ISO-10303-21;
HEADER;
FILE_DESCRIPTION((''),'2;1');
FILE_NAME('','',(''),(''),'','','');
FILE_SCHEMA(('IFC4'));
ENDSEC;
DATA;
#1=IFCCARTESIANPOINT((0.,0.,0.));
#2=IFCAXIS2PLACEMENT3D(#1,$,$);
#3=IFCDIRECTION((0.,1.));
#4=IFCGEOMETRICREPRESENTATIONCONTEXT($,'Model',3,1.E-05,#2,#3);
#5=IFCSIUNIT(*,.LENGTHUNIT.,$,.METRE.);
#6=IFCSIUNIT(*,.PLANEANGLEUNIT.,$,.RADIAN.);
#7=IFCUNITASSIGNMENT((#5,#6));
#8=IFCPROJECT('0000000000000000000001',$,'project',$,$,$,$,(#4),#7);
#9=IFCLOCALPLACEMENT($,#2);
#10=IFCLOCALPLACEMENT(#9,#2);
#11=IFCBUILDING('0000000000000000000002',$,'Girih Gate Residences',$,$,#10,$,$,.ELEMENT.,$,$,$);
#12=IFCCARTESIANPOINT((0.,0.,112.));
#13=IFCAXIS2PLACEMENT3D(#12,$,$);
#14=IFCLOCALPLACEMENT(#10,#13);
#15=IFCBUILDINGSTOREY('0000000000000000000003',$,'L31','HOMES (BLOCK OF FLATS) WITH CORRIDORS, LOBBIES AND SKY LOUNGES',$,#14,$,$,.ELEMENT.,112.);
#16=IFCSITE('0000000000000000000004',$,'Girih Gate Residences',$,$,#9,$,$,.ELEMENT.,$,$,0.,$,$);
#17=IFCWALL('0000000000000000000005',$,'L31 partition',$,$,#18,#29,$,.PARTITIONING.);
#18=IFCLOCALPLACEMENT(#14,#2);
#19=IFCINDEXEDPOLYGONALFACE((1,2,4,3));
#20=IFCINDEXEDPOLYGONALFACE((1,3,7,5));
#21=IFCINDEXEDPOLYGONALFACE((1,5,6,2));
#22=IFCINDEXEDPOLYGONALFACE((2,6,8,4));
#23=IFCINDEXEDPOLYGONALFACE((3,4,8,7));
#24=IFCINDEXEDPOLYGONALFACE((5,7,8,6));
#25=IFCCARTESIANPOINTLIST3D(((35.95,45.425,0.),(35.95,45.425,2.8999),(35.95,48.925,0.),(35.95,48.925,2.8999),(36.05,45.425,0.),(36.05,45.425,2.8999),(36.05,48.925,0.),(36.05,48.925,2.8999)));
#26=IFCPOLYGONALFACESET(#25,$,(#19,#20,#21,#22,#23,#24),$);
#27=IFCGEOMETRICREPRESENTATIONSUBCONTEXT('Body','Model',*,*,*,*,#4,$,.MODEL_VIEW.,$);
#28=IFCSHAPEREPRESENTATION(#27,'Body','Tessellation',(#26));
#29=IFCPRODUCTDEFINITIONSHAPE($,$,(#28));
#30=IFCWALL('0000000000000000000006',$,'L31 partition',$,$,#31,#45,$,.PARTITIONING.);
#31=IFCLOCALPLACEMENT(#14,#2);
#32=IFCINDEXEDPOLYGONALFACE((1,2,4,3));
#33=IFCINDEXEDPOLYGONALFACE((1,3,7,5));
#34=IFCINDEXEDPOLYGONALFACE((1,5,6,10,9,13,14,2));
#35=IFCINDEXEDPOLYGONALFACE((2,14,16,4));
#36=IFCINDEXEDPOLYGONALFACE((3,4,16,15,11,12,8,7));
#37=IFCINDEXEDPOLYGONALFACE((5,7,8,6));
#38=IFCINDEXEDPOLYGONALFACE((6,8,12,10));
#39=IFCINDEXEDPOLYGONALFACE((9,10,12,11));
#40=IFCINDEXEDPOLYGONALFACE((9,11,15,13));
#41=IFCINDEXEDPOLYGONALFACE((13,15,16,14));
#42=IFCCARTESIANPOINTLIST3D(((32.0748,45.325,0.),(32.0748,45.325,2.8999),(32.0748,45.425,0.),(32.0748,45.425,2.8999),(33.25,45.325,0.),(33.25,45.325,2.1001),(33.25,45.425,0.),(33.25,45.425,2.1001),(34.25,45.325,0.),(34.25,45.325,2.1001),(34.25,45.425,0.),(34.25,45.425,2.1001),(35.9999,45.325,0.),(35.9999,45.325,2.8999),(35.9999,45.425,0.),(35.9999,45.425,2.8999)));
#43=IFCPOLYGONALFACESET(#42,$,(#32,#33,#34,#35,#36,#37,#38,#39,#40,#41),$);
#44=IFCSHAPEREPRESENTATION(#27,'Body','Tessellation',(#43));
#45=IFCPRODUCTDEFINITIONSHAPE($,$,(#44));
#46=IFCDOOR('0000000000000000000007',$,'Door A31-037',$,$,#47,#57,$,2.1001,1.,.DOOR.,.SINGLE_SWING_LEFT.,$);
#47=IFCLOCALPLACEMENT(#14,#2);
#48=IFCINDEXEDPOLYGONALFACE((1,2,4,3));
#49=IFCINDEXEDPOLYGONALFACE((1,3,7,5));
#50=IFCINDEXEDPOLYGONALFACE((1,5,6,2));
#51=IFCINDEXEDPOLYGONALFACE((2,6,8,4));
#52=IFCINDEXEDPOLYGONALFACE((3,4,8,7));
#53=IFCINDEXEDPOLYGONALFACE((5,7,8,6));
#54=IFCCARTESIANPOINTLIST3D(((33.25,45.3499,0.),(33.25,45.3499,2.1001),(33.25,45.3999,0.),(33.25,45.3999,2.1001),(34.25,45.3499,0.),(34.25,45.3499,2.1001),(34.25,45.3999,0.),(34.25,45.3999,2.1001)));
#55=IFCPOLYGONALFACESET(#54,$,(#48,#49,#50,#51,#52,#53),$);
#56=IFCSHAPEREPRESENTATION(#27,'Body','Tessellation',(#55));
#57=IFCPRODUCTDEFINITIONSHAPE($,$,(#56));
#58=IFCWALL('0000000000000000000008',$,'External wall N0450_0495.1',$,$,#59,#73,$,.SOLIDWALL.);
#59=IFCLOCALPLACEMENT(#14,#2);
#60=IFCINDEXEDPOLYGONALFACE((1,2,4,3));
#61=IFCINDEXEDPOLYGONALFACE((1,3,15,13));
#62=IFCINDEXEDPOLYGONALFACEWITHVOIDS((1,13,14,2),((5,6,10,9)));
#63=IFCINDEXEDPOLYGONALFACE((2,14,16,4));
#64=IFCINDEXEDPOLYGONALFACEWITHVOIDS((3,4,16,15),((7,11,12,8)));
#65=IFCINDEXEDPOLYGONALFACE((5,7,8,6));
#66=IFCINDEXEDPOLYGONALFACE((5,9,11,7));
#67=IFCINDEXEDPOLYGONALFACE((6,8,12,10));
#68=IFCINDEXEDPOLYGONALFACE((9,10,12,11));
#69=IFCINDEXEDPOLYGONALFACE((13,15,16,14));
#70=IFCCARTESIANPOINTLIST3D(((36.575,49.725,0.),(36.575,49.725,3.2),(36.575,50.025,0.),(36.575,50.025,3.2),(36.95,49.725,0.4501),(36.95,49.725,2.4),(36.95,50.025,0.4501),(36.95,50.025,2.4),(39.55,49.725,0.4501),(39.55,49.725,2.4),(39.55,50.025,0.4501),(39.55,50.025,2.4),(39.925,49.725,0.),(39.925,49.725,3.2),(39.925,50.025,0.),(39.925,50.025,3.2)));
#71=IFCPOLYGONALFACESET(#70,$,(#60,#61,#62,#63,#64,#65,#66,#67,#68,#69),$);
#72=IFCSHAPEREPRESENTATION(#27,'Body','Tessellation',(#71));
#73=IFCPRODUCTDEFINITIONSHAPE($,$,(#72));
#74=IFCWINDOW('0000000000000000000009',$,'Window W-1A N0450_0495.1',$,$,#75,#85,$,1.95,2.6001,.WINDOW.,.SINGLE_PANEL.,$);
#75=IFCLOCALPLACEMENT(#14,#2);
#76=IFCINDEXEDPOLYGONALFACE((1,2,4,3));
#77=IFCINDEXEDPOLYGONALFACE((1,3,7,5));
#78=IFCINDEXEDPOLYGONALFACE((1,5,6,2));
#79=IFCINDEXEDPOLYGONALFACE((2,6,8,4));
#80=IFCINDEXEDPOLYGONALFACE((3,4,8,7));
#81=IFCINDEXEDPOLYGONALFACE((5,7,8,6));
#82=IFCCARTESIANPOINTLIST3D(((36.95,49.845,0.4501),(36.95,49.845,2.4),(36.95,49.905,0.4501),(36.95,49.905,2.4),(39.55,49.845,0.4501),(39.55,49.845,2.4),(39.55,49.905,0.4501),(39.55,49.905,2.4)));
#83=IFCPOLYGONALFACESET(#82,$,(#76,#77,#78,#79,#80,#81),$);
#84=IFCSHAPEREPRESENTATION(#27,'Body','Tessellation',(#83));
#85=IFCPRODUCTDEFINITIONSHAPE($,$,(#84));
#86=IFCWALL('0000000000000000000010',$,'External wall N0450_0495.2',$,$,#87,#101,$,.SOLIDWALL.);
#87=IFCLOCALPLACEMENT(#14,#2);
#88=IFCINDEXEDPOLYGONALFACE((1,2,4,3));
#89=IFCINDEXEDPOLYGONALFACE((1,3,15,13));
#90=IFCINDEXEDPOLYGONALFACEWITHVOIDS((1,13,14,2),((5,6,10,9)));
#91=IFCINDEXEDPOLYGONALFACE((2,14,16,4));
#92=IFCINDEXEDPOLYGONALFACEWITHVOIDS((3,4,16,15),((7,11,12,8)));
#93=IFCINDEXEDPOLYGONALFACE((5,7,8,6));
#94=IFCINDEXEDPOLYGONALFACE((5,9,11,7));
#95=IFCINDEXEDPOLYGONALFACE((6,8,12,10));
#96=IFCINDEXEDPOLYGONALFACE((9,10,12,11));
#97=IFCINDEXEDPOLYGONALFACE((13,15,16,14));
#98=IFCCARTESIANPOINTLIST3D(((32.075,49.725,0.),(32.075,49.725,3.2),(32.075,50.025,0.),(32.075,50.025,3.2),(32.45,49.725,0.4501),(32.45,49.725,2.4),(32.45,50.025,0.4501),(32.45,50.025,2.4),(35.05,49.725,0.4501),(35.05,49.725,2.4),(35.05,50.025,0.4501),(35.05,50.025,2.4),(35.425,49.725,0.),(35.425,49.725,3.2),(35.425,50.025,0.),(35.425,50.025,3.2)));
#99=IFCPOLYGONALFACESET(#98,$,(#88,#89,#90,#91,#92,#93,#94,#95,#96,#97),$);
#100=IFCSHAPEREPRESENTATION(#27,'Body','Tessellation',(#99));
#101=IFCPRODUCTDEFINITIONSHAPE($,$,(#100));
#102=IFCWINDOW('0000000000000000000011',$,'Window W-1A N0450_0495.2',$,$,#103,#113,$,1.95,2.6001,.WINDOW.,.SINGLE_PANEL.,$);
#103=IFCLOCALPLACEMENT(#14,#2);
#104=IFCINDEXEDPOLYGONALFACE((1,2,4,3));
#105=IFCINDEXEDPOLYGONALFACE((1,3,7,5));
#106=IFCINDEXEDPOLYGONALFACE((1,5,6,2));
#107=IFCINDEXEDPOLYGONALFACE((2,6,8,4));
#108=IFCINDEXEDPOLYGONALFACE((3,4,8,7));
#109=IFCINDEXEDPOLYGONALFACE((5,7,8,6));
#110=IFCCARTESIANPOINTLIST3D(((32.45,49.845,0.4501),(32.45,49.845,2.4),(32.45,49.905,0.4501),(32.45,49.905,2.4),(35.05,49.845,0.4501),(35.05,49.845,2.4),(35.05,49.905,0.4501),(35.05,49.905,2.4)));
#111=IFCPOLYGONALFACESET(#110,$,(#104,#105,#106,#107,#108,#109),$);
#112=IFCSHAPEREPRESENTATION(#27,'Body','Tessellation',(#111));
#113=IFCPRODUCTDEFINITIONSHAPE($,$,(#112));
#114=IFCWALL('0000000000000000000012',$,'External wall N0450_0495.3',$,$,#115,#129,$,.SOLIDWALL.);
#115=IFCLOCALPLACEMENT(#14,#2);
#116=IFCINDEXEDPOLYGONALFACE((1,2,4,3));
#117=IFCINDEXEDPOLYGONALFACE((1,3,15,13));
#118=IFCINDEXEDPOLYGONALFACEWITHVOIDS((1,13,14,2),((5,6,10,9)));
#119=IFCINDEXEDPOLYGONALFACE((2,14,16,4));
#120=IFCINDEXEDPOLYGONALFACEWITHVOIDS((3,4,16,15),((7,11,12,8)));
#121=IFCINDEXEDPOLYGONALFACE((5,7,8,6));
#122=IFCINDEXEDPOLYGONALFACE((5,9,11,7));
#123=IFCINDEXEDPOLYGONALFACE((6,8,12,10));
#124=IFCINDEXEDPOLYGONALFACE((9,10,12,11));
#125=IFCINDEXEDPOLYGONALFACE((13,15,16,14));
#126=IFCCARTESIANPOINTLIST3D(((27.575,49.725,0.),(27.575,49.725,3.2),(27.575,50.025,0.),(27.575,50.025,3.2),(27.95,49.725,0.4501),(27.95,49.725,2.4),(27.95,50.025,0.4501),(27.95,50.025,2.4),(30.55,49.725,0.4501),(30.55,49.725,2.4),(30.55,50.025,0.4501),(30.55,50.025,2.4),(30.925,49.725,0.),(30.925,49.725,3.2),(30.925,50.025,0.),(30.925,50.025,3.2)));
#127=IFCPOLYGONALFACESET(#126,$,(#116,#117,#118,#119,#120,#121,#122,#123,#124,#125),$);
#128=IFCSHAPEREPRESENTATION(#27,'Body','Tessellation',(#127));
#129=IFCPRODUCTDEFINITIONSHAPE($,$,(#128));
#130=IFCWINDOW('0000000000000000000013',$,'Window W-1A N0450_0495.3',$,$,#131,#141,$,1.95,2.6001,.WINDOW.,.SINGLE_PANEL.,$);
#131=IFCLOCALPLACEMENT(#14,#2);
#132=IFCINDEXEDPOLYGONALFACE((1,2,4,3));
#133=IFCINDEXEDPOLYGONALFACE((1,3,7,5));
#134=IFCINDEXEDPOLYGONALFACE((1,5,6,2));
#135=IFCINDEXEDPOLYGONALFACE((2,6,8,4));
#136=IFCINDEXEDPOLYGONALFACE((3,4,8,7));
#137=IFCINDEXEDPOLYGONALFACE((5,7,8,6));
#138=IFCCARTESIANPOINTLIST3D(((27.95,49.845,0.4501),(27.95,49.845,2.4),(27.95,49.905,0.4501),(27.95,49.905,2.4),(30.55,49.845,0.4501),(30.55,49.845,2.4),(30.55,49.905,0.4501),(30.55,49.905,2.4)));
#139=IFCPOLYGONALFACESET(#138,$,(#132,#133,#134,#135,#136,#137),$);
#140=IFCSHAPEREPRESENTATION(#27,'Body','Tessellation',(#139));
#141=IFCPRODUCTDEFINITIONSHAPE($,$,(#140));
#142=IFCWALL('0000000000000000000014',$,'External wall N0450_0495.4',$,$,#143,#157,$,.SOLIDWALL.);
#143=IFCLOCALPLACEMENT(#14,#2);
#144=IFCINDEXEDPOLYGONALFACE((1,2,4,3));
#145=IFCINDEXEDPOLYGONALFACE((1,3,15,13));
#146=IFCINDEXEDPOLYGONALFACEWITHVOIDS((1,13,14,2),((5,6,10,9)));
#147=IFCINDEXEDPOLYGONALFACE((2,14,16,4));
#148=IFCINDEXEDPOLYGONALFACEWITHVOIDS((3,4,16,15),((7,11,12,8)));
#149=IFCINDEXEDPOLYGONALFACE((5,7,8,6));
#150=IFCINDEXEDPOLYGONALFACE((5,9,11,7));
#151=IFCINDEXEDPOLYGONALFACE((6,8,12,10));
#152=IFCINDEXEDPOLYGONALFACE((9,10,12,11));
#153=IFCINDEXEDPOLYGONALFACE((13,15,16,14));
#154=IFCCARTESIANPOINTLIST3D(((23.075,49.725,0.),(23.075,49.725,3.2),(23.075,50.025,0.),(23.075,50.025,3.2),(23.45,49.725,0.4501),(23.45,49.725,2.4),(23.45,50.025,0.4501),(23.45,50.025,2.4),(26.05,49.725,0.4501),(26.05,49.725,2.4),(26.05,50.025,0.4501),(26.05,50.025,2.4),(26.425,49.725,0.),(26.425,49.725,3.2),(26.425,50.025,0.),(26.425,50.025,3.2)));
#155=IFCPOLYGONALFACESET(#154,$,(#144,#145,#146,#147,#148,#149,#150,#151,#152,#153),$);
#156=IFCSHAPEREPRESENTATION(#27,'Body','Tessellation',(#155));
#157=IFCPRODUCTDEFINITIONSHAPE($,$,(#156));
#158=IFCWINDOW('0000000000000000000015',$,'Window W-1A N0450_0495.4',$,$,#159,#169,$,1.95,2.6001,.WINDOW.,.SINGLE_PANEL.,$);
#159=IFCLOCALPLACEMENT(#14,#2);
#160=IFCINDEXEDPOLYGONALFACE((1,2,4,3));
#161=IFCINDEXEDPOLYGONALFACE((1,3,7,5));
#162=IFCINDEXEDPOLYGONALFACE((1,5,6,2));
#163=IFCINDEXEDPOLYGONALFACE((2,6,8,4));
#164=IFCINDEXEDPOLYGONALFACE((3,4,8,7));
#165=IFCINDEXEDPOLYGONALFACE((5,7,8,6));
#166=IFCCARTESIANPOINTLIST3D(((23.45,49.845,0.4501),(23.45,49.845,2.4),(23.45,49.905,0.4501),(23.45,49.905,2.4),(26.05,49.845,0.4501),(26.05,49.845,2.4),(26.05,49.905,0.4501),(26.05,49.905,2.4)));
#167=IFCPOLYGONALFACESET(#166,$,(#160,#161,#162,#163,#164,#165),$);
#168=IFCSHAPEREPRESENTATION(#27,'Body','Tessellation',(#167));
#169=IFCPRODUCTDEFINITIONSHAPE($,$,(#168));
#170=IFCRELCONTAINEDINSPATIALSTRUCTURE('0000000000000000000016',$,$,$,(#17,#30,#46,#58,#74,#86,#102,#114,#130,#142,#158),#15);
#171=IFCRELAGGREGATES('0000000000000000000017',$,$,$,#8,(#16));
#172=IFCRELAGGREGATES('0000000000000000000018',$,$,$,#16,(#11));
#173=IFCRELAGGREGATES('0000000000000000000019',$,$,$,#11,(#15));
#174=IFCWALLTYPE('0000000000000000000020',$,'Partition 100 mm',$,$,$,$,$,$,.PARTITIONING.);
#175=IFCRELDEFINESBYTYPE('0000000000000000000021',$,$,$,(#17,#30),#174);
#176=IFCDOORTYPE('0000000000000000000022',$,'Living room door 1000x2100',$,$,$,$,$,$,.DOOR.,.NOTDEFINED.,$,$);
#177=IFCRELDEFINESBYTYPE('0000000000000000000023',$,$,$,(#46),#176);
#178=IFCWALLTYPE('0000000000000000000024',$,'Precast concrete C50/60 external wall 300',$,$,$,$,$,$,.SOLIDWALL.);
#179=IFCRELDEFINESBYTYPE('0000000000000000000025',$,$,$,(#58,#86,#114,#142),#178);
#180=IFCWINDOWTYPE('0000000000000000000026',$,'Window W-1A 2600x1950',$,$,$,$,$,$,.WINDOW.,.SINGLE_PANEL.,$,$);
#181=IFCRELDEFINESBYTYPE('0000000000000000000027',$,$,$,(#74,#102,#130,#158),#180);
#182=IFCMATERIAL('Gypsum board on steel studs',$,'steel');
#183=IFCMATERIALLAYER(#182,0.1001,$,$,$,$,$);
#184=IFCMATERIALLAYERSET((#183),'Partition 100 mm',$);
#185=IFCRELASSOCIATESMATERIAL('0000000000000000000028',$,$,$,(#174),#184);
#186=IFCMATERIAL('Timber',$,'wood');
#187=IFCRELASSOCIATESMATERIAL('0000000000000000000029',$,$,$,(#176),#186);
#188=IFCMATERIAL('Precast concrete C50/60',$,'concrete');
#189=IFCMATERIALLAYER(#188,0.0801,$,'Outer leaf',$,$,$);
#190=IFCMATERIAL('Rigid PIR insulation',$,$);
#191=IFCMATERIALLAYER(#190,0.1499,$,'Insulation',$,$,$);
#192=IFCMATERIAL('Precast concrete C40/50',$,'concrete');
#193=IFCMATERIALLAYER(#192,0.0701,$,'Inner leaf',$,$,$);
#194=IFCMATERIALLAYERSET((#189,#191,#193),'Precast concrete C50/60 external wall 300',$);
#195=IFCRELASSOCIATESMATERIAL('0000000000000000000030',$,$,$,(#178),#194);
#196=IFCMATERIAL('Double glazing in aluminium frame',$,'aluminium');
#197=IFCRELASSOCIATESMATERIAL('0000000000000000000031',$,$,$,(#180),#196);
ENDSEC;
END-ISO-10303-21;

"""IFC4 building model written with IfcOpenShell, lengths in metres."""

from ifc_helpers import new_model, si_unit, direction, frame, frame_2d, origin, place, context, subcontext, project, spatial, rectangle, extrude, material, layer, layer_set, type_object, element, fill, save


model = new_model("IFC4")

# Units and contexts
model_context = context("Model", 3, precision=1e-05, world=origin(), true_north=direction((0.0, 1.0)))
body_context = subcontext(model_context, "Body", "Model", "MODEL_VIEW")
ifc_project = project(units=[si_unit("LENGTHUNIT", "METRE"), si_unit("PLANEANGLEUNIT", "RADIAN")], contexts=[model_context])

# Site, building, storey
site_placement = place(None, origin())
site = spatial("IfcSite", under=ifc_project, at=site_placement, Name="Girih Gate Residences", CompositionType="ELEMENT", RefElevation=0.0)
building_placement = place(site_placement, origin())
building = spatial("IfcBuilding", under=site, at=building_placement, Name="Girih Gate Residences", CompositionType="ELEMENT")
storey_placement = place(building_placement, frame((0.0, 0.0, 112.0)))
storey = spatial("IfcBuildingStorey", under=building, at=storey_placement, Name="L31", Description="HOMES (BLOCK OF FLATS) WITH CORRIDORS, LOBBIES AND SKY LOUNGES", CompositionType="ELEMENT", Elevation=112.0)

# Shared definitions
ifc_material_1 = material(Name="Gypsum board on steel studs", Category="steel")

# Shared definitions
ifc_layer_1 = layer(ifc_material_1, 0.1001)
ifc_layer_set_1 = layer_set([ifc_layer_1], Name="Partition 100 mm")
wall_type_1 = type_object("IfcWallType", Name="Partition 100 mm", PredefinedType="PARTITIONING", material=ifc_layer_set_1)
ifc_material_2 = material(Name="Timber", Category="wood")

# Wall
wall_1_placement = place(storey_placement, frame((36.0, 45.425, 0.0), z_axis=(0.0, 0.0, 1.0), x_axis=(0.0, 1.0, 0.0)))
element("IfcWall", 1, at=wall_1_placement, inside=storey, type_object=wall_type_1, Name="L31 partition", PredefinedType="PARTITIONING", context=body_context, shape_type="SweptSolid", body=[
    extrude(rectangle(XDim=3.5, YDim=0.1001, at=frame_2d((1.75, 0.0))), origin(), (0.0, 0.0, 1.0), 2.8999),
])

# Wall, opening, door
wall_2_placement = place(storey_placement, frame((32.075, 45.375, 0.0), z_axis=(0.0, 0.0, 1.0), x_axis=(1.0, 0.0, 0.0)))
wall_2 = element("IfcWall", 2, at=wall_2_placement, inside=storey, type_object=wall_type_1, Name="L31 partition", PredefinedType="PARTITIONING", context=body_context, shape_type="SweptSolid", body=[
    extrude(rectangle(XDim=3.925, YDim=0.1001, at=frame_2d((1.9624, 0.0))), origin(), (0.0, 0.0, 1.0), 2.8999),
])
opening_1_placement = place(wall_2_placement, frame((1.175, 0.0, 0.0)))
opening_1 = element("IfcOpeningElement", 3, at=opening_1_placement, cuts=wall_2, PredefinedType="OPENING", context=body_context, shape_type="SweptSolid", body=[
    extrude(rectangle(XDim=1.0, YDim=2.1001, at=frame_2d((0.5, 1.05))), frame((0.0, 0.0601, 0.0), z_axis=(0.0, -1.0, 0.0), x_axis=(1.0, 0.0, 0.0)), (0.0, 0.0, 1.0), 0.1201),
])
door_type_1 = type_object("IfcDoorType", Name="Living room door 1000x2100", OperationType="NOTDEFINED", PredefinedType="DOOR", material=ifc_material_2)
door_1_placement = place(opening_1_placement, origin())
door_1 = element("IfcDoor", 4, at=door_1_placement, inside=storey, type_object=door_type_1, Name="Door A31-037", OperationType="SINGLE_SWING_LEFT", OverallHeight=2.1001, OverallWidth=1.0, PredefinedType="DOOR", context=body_context, shape_type="SweptSolid", body=[
    extrude(rectangle(XDim=1.0, YDim=2.1001, at=frame_2d((0.5, 1.05))), frame((0.0, 0.0249, 0.0), z_axis=(0.0, -1.0, 0.0), x_axis=(1.0, 0.0, 0.0)), (0.0, 0.0, 1.0), 0.05),
])
fill(opening_1, door_1)

# Walls, openings, windows
ifc_material_3 = material(Name="Precast concrete C50/60", Category="concrete")
ifc_layer_2 = layer(ifc_material_3, 0.0801, Name="Outer leaf")
ifc_material_4 = material(Name="Rigid PIR insulation")
ifc_layer_3 = layer(ifc_material_4, 0.1499, Name="Insulation")
ifc_material_5 = material(Name="Precast concrete C40/50", Category="concrete")
ifc_layer_4 = layer(ifc_material_5, 0.0701, Name="Inner leaf")
ifc_layer_set_2 = layer_set([ifc_layer_2, ifc_layer_3, ifc_layer_4], Name="Precast concrete C50/60 external wall 300")
wall_type_2 = type_object("IfcWallType", Name="Precast concrete C50/60 external wall 300", PredefinedType="SOLIDWALL", material=ifc_layer_set_2)
wall_3_placement = place(storey_placement, frame((36.575, 49.875, 0.0), z_axis=(0.0, 0.0, 1.0), x_axis=(1.0, 0.0, 0.0)))
wall_3 = element("IfcWall", 5, at=wall_3_placement, inside=storey, type_object=wall_type_2, Name="External wall N0450_0495.1", PredefinedType="SOLIDWALL", context=body_context, shape_type="SweptSolid", body=[
    extrude(rectangle(XDim=3.3501, YDim=0.3, at=frame_2d((1.675, 0.0))), origin(), (0.0, 0.0, 1.0), 3.2),
])
opening_2_placement = place(wall_3_placement, frame((0.375, 0.0, 0.45)))
opening_2 = element("IfcOpeningElement", 6, at=opening_2_placement, cuts=wall_3, PredefinedType="OPENING", context=body_context, shape_type="SweptSolid", body=[
    extrude(rectangle(XDim=2.6001, YDim=1.95, at=frame_2d((1.3, 0.9751))), frame((0.0, 0.1599, 0.0), z_axis=(0.0, -1.0, 0.0), x_axis=(1.0, 0.0, 0.0)), (0.0, 0.0, 1.0), 0.3201),
])
ifc_material_6 = material(Name="Double glazing in aluminium frame", Category="aluminium")
window_type = type_object("IfcWindowType", Name="Window W-1A 2600x1950", PartitioningType="SINGLE_PANEL", PredefinedType="WINDOW", material=ifc_material_6)
window_1_placement = place(opening_2_placement, origin())
window_1 = element("IfcWindow", 7, at=window_1_placement, inside=storey, type_object=window_type, Name="Window W-1A N0450_0495.1", OverallHeight=1.95, OverallWidth=2.6001, PartitioningType="SINGLE_PANEL", PredefinedType="WINDOW", context=body_context, shape_type="SweptSolid", body=[
    extrude(rectangle(XDim=2.6001, YDim=1.95, at=frame_2d((1.3, 0.9751))), frame((0.0, 0.03, 0.0), z_axis=(0.0, -1.0, 0.0), x_axis=(1.0, 0.0, 0.0)), (0.0, 0.0, 1.0), 0.0601),
])
fill(opening_2, window_1)
wall_4_placement = place(storey_placement, frame((32.075, 49.875, 0.0), z_axis=(0.0, 0.0, 1.0), x_axis=(1.0, 0.0, 0.0)))
wall_4 = element("IfcWall", 8, at=wall_4_placement, inside=storey, type_object=wall_type_2, Name="External wall N0450_0495.2", PredefinedType="SOLIDWALL", context=body_context, shape_type="SweptSolid", body=[
    extrude(rectangle(XDim=3.3501, YDim=0.3, at=frame_2d((1.675, 0.0))), origin(), (0.0, 0.0, 1.0), 3.2),
])
opening_3_placement = place(wall_4_placement, frame((0.375, 0.0, 0.45)))
opening_3 = element("IfcOpeningElement", 9, at=opening_3_placement, cuts=wall_4, PredefinedType="OPENING", context=body_context, shape_type="SweptSolid", body=[
    extrude(rectangle(XDim=2.6001, YDim=1.95, at=frame_2d((1.3, 0.9751))), frame((0.0, 0.1599, 0.0), z_axis=(0.0, -1.0, 0.0), x_axis=(1.0, 0.0, 0.0)), (0.0, 0.0, 1.0), 0.3201),
])
window_2_placement = place(opening_3_placement, origin())
window_2 = element("IfcWindow", 10, at=window_2_placement, inside=storey, type_object=window_type, Name="Window W-1A N0450_0495.2", OverallHeight=1.95, OverallWidth=2.6001, PartitioningType="SINGLE_PANEL", PredefinedType="WINDOW", context=body_context, shape_type="SweptSolid", body=[
    extrude(rectangle(XDim=2.6001, YDim=1.95, at=frame_2d((1.3, 0.9751))), frame((0.0, 0.03, 0.0), z_axis=(0.0, -1.0, 0.0), x_axis=(1.0, 0.0, 0.0)), (0.0, 0.0, 1.0), 0.0601),
])
fill(opening_3, window_2)
wall_5_placement = place(storey_placement, frame((27.575, 49.875, 0.0), z_axis=(0.0, 0.0, 1.0), x_axis=(1.0, 0.0, 0.0)))
wall_5 = element("IfcWall", 11, at=wall_5_placement, inside=storey, type_object=wall_type_2, Name="External wall N0450_0495.3", PredefinedType="SOLIDWALL", context=body_context, shape_type="SweptSolid", body=[
    extrude(rectangle(XDim=3.3501, YDim=0.3, at=frame_2d((1.675, 0.0))), origin(), (0.0, 0.0, 1.0), 3.2),
])
opening_4_placement = place(wall_5_placement, frame((0.375, 0.0, 0.45)))
opening_4 = element("IfcOpeningElement", 12, at=opening_4_placement, cuts=wall_5, PredefinedType="OPENING", context=body_context, shape_type="SweptSolid", body=[
    extrude(rectangle(XDim=2.6001, YDim=1.95, at=frame_2d((1.3, 0.9751))), frame((0.0, 0.1599, 0.0), z_axis=(0.0, -1.0, 0.0), x_axis=(1.0, 0.0, 0.0)), (0.0, 0.0, 1.0), 0.3201),
])
window_3_placement = place(opening_4_placement, origin())
window_3 = element("IfcWindow", 13, at=window_3_placement, inside=storey, type_object=window_type, Name="Window W-1A N0450_0495.3", OverallHeight=1.95, OverallWidth=2.6001, PartitioningType="SINGLE_PANEL", PredefinedType="WINDOW", context=body_context, shape_type="SweptSolid", body=[
    extrude(rectangle(XDim=2.6001, YDim=1.95, at=frame_2d((1.3, 0.9751))), frame((0.0, 0.03, 0.0), z_axis=(0.0, -1.0, 0.0), x_axis=(1.0, 0.0, 0.0)), (0.0, 0.0, 1.0), 0.0601),
])
fill(opening_4, window_3)
wall_6_placement = place(storey_placement, frame((23.075, 49.875, 0.0), z_axis=(0.0, 0.0, 1.0), x_axis=(1.0, 0.0, 0.0)))
wall_6 = element("IfcWall", 14, at=wall_6_placement, inside=storey, type_object=wall_type_2, Name="External wall N0450_0495.4", PredefinedType="SOLIDWALL", context=body_context, shape_type="SweptSolid", body=[
    extrude(rectangle(XDim=3.3501, YDim=0.3, at=frame_2d((1.675, 0.0))), origin(), (0.0, 0.0, 1.0), 3.2),
])
opening_5_placement = place(wall_6_placement, frame((0.375, 0.0, 0.45)))
opening_5 = element("IfcOpeningElement", 15, at=opening_5_placement, cuts=wall_6, PredefinedType="OPENING", context=body_context, shape_type="SweptSolid", body=[
    extrude(rectangle(XDim=2.6001, YDim=1.95, at=frame_2d((1.3, 0.9751))), frame((0.0, 0.1599, 0.0), z_axis=(0.0, -1.0, 0.0), x_axis=(1.0, 0.0, 0.0)), (0.0, 0.0, 1.0), 0.3201),
])
window_4_placement = place(opening_5_placement, origin())
window_4 = element("IfcWindow", 16, at=window_4_placement, inside=storey, type_object=window_type, Name="Window W-1A N0450_0495.4", OverallHeight=1.95, OverallWidth=2.6001, PartitioningType="SINGLE_PANEL", PredefinedType="WINDOW", context=body_context, shape_type="SweptSolid", body=[
    extrude(rectangle(XDim=2.6001, YDim=1.95, at=frame_2d((1.3, 0.9751))), frame((0.0, 0.03, 0.0), z_axis=(0.0, -1.0, 0.0), x_axis=(1.0, 0.0, 0.0)), (0.0, 0.0, 1.0), 0.0601),
])
fill(opening_5, window_4)

save(model, "model.ifc")
